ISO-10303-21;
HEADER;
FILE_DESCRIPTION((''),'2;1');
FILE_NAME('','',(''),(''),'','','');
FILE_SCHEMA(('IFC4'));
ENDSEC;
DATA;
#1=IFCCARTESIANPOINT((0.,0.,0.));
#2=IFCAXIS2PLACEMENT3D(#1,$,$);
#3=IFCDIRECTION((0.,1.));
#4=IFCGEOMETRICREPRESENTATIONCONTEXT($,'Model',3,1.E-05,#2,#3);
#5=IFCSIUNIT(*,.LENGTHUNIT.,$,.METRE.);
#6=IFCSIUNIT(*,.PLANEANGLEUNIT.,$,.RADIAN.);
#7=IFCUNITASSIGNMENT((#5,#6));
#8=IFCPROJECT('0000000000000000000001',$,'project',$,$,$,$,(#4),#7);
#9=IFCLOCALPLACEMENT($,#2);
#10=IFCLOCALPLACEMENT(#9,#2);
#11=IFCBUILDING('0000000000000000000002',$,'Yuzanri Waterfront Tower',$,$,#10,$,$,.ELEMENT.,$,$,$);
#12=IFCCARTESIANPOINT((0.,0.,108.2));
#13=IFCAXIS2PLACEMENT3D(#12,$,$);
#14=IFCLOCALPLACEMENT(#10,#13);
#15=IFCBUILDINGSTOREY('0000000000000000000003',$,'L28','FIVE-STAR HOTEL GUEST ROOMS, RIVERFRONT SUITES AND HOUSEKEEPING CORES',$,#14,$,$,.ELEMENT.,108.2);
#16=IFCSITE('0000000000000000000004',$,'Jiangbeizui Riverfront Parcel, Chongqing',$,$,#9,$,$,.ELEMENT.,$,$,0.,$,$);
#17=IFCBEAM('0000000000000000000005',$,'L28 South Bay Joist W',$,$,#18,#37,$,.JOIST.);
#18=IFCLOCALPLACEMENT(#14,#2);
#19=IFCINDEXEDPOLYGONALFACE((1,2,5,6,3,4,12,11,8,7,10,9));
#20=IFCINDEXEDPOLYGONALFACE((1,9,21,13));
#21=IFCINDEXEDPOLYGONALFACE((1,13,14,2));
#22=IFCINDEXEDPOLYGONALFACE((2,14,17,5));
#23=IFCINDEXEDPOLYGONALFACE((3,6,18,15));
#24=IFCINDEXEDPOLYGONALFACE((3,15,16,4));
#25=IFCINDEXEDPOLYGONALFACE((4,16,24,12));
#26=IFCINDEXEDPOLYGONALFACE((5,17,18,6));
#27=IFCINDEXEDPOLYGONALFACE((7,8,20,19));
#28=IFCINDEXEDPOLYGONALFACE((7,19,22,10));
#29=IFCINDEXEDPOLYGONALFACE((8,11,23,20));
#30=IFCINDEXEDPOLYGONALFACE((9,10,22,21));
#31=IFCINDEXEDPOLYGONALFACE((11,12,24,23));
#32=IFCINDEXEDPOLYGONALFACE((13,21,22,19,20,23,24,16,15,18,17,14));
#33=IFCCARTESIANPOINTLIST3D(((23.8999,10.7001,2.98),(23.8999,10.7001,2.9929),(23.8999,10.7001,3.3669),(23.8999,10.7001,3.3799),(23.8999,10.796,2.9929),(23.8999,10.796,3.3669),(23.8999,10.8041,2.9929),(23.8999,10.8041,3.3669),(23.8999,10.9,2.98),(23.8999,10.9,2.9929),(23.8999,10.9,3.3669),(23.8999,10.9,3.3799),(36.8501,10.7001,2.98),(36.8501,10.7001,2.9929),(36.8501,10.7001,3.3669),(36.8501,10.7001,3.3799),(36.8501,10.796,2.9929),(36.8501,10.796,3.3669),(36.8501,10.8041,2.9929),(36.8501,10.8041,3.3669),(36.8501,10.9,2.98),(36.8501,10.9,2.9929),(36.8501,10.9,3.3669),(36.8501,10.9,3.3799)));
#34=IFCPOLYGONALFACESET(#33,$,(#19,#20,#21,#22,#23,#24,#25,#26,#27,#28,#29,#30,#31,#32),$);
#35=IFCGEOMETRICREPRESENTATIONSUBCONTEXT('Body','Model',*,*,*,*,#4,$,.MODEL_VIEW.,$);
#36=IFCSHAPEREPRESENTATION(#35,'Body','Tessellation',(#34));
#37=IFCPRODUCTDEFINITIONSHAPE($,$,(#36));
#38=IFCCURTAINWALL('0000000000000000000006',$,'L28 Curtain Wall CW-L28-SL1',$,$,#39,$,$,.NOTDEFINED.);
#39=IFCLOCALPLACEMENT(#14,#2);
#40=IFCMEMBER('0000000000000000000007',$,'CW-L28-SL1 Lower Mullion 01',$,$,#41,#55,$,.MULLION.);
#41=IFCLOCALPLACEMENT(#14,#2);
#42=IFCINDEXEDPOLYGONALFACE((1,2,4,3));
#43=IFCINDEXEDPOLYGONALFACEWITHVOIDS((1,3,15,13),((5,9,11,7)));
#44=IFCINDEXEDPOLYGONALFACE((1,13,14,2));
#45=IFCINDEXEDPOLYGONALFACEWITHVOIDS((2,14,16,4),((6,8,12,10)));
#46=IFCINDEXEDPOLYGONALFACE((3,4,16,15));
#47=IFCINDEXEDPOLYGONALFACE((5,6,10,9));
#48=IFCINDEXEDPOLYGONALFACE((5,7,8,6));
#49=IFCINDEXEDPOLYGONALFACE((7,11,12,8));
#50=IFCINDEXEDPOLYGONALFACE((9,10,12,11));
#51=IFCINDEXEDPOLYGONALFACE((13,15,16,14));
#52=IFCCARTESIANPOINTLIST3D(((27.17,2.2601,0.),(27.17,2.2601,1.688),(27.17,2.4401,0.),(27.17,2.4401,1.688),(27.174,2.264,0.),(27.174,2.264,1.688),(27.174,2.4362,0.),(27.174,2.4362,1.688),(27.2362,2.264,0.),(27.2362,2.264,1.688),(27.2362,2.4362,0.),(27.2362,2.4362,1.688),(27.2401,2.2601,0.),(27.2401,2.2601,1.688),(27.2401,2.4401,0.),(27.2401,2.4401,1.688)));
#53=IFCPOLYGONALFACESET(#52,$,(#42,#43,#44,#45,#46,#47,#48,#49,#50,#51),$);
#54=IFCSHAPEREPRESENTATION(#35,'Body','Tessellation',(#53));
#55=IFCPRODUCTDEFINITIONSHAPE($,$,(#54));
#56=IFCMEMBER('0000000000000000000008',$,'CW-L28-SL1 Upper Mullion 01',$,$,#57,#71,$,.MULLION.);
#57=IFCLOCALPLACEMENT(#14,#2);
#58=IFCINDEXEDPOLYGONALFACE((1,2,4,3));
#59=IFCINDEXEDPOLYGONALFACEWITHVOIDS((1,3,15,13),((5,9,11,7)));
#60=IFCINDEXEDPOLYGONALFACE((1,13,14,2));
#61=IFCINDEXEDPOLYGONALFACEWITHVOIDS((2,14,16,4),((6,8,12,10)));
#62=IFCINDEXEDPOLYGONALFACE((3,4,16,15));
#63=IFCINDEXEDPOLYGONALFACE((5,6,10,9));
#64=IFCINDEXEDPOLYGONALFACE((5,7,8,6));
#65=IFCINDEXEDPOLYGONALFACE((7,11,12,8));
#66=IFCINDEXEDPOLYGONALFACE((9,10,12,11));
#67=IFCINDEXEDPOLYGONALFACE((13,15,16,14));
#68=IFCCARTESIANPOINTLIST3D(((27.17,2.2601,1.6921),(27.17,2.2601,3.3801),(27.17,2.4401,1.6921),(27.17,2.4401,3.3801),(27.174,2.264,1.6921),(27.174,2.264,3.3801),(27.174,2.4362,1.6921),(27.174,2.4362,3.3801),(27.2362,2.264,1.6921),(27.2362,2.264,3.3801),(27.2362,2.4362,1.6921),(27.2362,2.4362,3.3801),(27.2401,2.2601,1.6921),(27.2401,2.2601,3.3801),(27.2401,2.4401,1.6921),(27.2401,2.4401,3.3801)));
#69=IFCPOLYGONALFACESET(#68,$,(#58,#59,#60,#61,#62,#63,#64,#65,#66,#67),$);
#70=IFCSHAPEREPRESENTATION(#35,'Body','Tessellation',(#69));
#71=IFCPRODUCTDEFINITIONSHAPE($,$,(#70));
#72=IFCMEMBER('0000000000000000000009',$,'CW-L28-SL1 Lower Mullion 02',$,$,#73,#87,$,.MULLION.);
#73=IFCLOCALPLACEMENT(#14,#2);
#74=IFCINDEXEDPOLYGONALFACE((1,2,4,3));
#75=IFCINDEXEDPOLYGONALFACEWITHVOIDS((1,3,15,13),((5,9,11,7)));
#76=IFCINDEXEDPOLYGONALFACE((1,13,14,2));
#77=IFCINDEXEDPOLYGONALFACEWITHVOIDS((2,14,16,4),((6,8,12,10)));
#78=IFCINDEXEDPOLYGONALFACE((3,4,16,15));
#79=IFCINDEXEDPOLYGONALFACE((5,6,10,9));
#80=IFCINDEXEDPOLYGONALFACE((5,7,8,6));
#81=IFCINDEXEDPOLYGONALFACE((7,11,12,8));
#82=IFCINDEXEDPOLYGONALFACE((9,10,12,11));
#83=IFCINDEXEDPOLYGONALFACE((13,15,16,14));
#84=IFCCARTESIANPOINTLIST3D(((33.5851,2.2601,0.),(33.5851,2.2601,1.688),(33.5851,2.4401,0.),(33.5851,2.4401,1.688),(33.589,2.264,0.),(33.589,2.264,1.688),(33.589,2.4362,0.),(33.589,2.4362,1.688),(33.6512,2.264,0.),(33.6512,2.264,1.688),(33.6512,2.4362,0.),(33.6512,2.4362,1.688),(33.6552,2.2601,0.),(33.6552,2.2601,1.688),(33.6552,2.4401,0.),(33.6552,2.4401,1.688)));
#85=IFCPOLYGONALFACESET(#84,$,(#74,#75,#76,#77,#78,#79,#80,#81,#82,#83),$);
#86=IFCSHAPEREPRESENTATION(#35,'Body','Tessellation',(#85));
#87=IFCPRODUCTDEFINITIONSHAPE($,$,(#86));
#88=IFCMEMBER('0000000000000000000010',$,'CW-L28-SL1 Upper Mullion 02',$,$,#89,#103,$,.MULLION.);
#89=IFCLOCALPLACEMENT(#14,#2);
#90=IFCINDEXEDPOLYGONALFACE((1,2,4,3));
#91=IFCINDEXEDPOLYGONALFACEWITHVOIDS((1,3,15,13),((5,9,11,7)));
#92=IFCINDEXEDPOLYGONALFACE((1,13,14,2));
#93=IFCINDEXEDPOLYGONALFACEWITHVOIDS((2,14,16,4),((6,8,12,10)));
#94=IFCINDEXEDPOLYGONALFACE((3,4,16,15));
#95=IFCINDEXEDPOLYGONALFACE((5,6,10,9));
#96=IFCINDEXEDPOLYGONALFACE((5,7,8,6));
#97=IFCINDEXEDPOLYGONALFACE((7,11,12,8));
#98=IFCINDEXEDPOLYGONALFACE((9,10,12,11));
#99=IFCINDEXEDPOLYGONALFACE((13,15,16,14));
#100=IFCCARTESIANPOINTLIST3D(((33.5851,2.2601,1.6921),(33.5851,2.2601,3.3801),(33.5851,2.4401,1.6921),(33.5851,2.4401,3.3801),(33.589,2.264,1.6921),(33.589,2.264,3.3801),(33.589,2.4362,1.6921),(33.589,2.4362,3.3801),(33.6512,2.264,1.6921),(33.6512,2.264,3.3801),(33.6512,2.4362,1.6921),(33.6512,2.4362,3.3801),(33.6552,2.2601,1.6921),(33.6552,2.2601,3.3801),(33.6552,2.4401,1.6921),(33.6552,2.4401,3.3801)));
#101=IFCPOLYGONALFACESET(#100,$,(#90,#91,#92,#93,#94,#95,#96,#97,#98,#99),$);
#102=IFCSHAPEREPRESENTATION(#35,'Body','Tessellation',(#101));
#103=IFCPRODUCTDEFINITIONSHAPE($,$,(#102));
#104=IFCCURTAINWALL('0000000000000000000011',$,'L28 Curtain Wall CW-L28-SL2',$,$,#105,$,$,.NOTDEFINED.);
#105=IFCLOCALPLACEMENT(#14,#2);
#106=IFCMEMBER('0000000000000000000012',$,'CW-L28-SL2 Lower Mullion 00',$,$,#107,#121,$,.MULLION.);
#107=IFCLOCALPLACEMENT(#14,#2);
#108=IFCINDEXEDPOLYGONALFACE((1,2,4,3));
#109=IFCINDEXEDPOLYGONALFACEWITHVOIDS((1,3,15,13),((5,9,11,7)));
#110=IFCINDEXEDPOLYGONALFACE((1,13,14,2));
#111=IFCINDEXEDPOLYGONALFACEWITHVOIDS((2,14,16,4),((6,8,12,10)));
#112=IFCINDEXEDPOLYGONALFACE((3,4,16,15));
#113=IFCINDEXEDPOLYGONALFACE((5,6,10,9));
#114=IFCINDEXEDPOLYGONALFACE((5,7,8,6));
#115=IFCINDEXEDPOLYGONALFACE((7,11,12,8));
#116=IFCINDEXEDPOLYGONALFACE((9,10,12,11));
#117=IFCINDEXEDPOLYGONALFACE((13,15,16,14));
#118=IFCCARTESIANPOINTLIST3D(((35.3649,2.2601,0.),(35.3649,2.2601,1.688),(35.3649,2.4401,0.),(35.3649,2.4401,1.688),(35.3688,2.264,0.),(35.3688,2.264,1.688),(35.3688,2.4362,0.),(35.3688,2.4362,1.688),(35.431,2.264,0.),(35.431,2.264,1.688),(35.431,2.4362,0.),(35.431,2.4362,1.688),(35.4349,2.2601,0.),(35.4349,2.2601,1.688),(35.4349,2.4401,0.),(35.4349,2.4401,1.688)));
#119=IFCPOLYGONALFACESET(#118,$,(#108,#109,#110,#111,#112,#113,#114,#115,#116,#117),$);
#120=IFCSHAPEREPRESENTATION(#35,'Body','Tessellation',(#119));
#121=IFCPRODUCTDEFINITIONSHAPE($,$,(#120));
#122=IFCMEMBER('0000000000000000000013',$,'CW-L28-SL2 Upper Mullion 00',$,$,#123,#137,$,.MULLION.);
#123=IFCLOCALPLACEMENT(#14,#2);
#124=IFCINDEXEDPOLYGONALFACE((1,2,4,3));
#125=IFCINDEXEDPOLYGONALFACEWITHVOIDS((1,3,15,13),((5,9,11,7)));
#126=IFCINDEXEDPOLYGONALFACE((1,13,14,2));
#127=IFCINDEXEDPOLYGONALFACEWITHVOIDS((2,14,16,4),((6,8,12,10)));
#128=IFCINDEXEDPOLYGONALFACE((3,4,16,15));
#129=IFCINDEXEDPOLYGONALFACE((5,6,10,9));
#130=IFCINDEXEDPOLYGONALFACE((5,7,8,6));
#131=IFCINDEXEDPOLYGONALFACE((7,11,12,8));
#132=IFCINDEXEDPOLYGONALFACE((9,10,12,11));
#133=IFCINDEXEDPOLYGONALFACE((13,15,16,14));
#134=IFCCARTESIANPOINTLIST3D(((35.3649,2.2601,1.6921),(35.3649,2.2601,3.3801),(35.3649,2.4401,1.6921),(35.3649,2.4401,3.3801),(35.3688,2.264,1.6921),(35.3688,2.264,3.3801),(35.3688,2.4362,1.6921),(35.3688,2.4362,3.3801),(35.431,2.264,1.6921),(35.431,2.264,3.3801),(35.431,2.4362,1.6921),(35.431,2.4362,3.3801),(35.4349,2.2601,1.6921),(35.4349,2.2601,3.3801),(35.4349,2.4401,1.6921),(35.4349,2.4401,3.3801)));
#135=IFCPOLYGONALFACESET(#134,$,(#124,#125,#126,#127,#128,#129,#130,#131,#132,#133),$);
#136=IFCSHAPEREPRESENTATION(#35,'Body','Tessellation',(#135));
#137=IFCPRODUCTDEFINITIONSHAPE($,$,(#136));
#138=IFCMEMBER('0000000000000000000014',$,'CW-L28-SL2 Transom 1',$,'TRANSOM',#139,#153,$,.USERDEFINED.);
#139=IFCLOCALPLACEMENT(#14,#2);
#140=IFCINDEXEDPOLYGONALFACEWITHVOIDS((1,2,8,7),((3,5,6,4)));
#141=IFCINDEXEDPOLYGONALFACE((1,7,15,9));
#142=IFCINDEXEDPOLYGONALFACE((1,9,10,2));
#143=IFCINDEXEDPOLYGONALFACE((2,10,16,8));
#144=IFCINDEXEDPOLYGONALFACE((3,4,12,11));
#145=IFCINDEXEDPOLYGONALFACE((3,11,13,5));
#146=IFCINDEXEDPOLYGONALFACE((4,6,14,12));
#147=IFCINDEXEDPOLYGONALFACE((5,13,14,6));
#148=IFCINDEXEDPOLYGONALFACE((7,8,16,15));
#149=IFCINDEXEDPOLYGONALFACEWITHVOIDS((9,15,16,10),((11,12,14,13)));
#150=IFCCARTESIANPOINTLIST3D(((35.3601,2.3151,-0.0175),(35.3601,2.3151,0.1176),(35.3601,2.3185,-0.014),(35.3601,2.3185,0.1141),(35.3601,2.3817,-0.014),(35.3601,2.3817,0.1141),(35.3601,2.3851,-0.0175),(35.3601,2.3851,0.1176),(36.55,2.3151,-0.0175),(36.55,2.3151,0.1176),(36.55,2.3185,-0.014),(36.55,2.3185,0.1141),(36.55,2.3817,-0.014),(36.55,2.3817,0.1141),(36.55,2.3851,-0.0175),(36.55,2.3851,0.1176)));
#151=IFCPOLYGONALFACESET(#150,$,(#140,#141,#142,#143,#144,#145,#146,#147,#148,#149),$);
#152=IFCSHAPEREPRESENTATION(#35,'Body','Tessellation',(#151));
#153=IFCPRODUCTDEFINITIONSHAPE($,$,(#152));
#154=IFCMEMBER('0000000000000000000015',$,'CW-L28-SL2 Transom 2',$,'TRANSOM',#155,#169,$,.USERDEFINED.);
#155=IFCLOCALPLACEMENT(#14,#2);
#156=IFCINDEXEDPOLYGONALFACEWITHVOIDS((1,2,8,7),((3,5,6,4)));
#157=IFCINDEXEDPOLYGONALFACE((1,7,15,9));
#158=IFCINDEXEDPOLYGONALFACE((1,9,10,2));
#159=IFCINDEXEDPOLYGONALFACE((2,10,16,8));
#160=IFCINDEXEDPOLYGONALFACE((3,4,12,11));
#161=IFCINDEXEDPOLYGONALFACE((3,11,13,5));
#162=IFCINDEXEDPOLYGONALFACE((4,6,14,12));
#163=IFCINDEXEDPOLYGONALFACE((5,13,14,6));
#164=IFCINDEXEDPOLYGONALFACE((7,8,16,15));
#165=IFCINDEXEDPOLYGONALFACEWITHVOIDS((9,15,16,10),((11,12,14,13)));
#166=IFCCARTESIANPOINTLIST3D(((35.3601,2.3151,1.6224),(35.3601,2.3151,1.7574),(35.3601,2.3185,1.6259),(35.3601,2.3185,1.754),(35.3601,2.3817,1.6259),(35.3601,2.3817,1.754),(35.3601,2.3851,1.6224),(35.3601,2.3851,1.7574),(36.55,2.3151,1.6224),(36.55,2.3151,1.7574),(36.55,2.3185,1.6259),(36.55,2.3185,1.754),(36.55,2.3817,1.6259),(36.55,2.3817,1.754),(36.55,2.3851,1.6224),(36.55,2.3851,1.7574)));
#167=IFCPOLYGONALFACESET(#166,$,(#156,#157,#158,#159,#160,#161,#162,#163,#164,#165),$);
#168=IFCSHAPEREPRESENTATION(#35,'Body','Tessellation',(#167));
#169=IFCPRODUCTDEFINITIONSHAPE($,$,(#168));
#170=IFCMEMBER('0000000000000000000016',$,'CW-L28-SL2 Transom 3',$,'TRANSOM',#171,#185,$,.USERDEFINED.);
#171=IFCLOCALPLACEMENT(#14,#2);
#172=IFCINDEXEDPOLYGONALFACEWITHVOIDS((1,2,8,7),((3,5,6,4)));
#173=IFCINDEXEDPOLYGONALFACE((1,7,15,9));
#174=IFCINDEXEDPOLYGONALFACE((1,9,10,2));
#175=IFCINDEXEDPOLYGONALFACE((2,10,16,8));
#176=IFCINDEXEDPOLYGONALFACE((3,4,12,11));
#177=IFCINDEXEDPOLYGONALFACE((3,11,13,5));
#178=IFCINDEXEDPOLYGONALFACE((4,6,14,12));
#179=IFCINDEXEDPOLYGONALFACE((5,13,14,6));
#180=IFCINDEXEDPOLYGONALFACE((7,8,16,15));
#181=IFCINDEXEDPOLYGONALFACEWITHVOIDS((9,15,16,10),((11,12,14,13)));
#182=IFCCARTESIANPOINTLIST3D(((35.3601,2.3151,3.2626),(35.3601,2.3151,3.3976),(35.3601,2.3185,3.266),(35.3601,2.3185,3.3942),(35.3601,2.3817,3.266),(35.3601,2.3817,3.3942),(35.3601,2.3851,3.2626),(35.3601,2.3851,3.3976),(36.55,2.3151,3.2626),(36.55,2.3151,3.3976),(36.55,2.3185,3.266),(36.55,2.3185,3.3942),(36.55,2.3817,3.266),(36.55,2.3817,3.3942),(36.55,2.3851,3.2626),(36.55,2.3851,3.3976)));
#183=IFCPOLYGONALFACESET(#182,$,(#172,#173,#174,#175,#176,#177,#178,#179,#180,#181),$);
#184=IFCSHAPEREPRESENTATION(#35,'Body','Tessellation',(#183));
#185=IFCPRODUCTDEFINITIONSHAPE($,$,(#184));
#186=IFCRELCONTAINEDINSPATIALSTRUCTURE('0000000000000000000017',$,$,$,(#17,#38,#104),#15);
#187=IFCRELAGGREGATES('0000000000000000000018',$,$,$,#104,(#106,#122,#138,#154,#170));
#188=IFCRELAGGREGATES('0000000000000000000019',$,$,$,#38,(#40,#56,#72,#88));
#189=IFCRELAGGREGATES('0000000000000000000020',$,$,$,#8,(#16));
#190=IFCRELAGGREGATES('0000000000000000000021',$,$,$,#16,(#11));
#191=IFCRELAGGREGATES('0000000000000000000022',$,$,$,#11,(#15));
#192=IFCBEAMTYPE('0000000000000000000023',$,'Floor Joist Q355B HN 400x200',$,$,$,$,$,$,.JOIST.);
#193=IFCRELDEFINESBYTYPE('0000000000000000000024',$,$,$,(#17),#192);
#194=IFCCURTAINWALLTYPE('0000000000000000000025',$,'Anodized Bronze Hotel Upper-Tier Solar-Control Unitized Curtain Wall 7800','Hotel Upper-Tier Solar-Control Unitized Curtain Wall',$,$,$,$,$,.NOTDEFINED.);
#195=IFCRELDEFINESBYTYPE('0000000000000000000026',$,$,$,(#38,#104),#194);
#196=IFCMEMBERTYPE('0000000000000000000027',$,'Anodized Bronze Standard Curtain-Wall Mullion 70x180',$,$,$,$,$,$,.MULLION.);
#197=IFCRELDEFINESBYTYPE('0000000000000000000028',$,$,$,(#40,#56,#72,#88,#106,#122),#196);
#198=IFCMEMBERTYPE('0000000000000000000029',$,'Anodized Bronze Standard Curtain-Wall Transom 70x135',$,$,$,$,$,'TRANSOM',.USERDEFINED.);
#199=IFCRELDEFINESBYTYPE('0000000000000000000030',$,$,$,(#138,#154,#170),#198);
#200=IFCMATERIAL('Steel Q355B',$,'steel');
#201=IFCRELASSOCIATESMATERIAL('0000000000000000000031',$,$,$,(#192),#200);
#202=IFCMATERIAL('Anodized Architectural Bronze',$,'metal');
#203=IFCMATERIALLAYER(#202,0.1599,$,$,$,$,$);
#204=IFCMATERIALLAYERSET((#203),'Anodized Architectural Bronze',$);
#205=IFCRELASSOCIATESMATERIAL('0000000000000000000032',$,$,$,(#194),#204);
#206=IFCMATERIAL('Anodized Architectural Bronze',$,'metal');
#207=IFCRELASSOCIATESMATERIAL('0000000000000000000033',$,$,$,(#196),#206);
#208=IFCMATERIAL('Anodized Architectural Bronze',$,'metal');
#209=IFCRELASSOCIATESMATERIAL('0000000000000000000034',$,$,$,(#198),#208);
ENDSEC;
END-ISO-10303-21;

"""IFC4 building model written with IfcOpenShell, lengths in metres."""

from ifc_helpers import new_model, si_unit, direction, frame, origin, origin_2d, place, context, subcontext, project, spatial, hollow_rectangle, i_section, extrude, source, transform, mapped, material, layer, layer_set, material_profile, profile_set, type_object, element, aggregate, save


model = new_model("IFC4")

# Units and contexts
model_context = context("Model", 3, precision=1e-05, world=origin(), true_north=direction((0.0, 1.0)))
body_context = subcontext(model_context, "Body", "Model", "MODEL_VIEW")
ifc_project = project(units=[si_unit("LENGTHUNIT", "METRE"), si_unit("PLANEANGLEUNIT", "RADIAN")], contexts=[model_context])

# Site, building, storey
site_placement = place(None, origin())
site = spatial("IfcSite", under=ifc_project, at=site_placement, Name="Jiangbeizui Riverfront Parcel, Chongqing", CompositionType="ELEMENT", RefElevation=0.0)
building_placement = place(site_placement, origin())
building = spatial("IfcBuilding", under=site, at=building_placement, Name="Yuzanri Waterfront Tower", CompositionType="ELEMENT")
storey_placement = place(building_placement, frame((0.0, 0.0, 108.2)))
storey = spatial("IfcBuildingStorey", under=building, at=storey_placement, Name="L28", Description="FIVE-STAR HOTEL GUEST ROOMS, RIVERFRONT SUITES AND HOUSEKEEPING CORES", CompositionType="ELEMENT", Elevation=108.2)

# Beam
ifc_material_1 = material(Name="Steel Q355B", Category="steel")
ifc_material_profile_1 = material_profile(ifc_material_1, i_section(OverallWidth=0.2, OverallDepth=0.3999, WebThickness=0.0081, FlangeThickness=0.0129, at=origin_2d()), Name="HN 400x200x8x13")
ifc_profile_set_1 = profile_set([ifc_material_profile_1], Name="Steel Q355B")
beam_type = type_object("IfcBeamType", Name="Floor Joist Q355B HN 400x200", PredefinedType="JOIST", material=ifc_profile_set_1)
shared_shape_1 = source(origin(), body_context, "Body", "SweptSolid", [
    extrude(i_section(OverallWidth=0.2, OverallDepth=0.3999, WebThickness=0.0081, FlangeThickness=0.0129, at=origin_2d()), origin(), (0.0, 0.0, 1.0), 12.9502),
])
beam_placement = place(storey_placement, frame((23.8999, 10.8, 3.1799), z_axis=(1.0, 0.0, 0.0), x_axis=(0.0, 1.0, 0.0)))
element("IfcBeam", 1, at=beam_placement, inside=storey, type_object=beam_type, Name="L28 South Bay Joist W", PredefinedType="JOIST", context=body_context, shape_type="MappedRepresentation", body=[
    mapped(shared_shape_1, transform((0.0, 0.0, 0.0), scale=1.0)),
])

# Curtain walls, members
ifc_material_2 = material(Name="Anodized Architectural Bronze", Category="metal")
ifc_layer_1 = layer(ifc_material_2, 0.1599)
ifc_layer_set_1 = layer_set([ifc_layer_1], Name="Anodized Architectural Bronze")
curtain_wall_type = type_object("IfcCurtainWallType", Name="Anodized Bronze Hotel Upper-Tier Solar-Control Unitized Curtain Wall 7800", Description="Hotel Upper-Tier Solar-Control Unitized Curtain Wall", PredefinedType="NOTDEFINED", material=ifc_layer_set_1)
curtain_wall_1_placement = place(storey_placement, origin())
curtain_wall_1 = element("IfcCurtainWall", 2, at=curtain_wall_1_placement, inside=storey, type_object=curtain_wall_type, Name="L28 Curtain Wall CW-L28-SL1", PredefinedType="NOTDEFINED")
ifc_material_3 = material(Name="Anodized Architectural Bronze", Category="metal")
ifc_material_profile_2 = material_profile(ifc_material_3, hollow_rectangle(XDim=0.0701, YDim=0.1799, WallThickness=0.0039, at=origin_2d()), Name="CWM 70x180")
ifc_profile_set_2 = profile_set([ifc_material_profile_2], Name="Anodized Architectural Bronze")
member_type_1 = type_object("IfcMemberType", Name="Anodized Bronze Standard Curtain-Wall Mullion 70x180", PredefinedType="MULLION", material=ifc_profile_set_2)
shared_shape_2 = source(origin(), body_context, "Body", "SweptSolid", [
    extrude(hollow_rectangle(XDim=0.0701, YDim=0.1799, WallThickness=0.0039, at=origin_2d()), origin(), (0.0, 0.0, 1.0), 1.688),
])
member_1_placement = place(storey_placement, frame((27.2051, 2.3501, 0.0), z_axis=(0.0, 0.0, 1.0), x_axis=(1.0, 0.0, 0.0)))
member_1 = element("IfcMember", 3, at=member_1_placement, type_object=member_type_1, Name="CW-L28-SL1 Lower Mullion 01", PredefinedType="MULLION", context=body_context, shape_type="MappedRepresentation", body=[
    mapped(shared_shape_2, transform((0.0, 0.0, 0.0), scale=1.0)),
])
member_2_placement = place(storey_placement, frame((27.2051, 2.3501, 1.6921), z_axis=(0.0, 0.0, 1.0), x_axis=(1.0, 0.0, 0.0)))
member_2 = element("IfcMember", 4, at=member_2_placement, type_object=member_type_1, Name="CW-L28-SL1 Upper Mullion 01", PredefinedType="MULLION", context=body_context, shape_type="MappedRepresentation", body=[
    mapped(shared_shape_2, transform((0.0, 0.0, 0.0), scale=1.0)),
])
member_3_placement = place(storey_placement, frame((33.6201, 2.3501, 0.0), z_axis=(0.0, 0.0, 1.0), x_axis=(1.0, 0.0, 0.0)))
member_3 = element("IfcMember", 5, at=member_3_placement, type_object=member_type_1, Name="CW-L28-SL1 Lower Mullion 02", PredefinedType="MULLION", context=body_context, shape_type="MappedRepresentation", body=[
    mapped(shared_shape_2, transform((0.0, 0.0, 0.0), scale=1.0)),
])
member_4_placement = place(storey_placement, frame((33.6201, 2.3501, 1.6921), z_axis=(0.0, 0.0, 1.0), x_axis=(1.0, 0.0, 0.0)))
member_4 = element("IfcMember", 6, at=member_4_placement, type_object=member_type_1, Name="CW-L28-SL1 Upper Mullion 02", PredefinedType="MULLION", context=body_context, shape_type="MappedRepresentation", body=[
    mapped(shared_shape_2, transform((0.0, 0.0, 0.0), scale=1.0)),
])
curtain_wall_2_placement = place(storey_placement, origin())
curtain_wall_2 = element("IfcCurtainWall", 7, at=curtain_wall_2_placement, inside=storey, type_object=curtain_wall_type, Name="L28 Curtain Wall CW-L28-SL2", PredefinedType="NOTDEFINED")
member_5_placement = place(storey_placement, frame((35.3999, 2.3501, 0.0), z_axis=(0.0, 0.0, 1.0), x_axis=(1.0, 0.0, 0.0)))
member_5 = element("IfcMember", 8, at=member_5_placement, type_object=member_type_1, Name="CW-L28-SL2 Lower Mullion 00", PredefinedType="MULLION", context=body_context, shape_type="MappedRepresentation", body=[
    mapped(shared_shape_2, transform((0.0, 0.0, 0.0), scale=1.0)),
])
member_6_placement = place(storey_placement, frame((35.3999, 2.3501, 1.6921), z_axis=(0.0, 0.0, 1.0), x_axis=(1.0, 0.0, 0.0)))
member_6 = element("IfcMember", 9, at=member_6_placement, type_object=member_type_1, Name="CW-L28-SL2 Upper Mullion 00", PredefinedType="MULLION", context=body_context, shape_type="MappedRepresentation", body=[
    mapped(shared_shape_2, transform((0.0, 0.0, 0.0), scale=1.0)),
])
ifc_material_4 = material(Name="Anodized Architectural Bronze", Category="metal")
ifc_material_profile_3 = material_profile(ifc_material_4, hollow_rectangle(XDim=0.0701, YDim=0.135, WallThickness=0.0034, at=origin_2d()), Name="CWT 70x135")
ifc_profile_set_3 = profile_set([ifc_material_profile_3], Name="Anodized Architectural Bronze")
member_type_2 = type_object("IfcMemberType", Name="Anodized Bronze Standard Curtain-Wall Transom 70x135", ElementType="TRANSOM", PredefinedType="USERDEFINED", material=ifc_profile_set_3)
shared_shape_3 = source(origin(), body_context, "Body", "SweptSolid", [
    extrude(hollow_rectangle(XDim=0.0701, YDim=0.135, WallThickness=0.0034, at=origin_2d()), origin(), (0.0, 0.0, 1.0), 1.1899),
])
member_7_placement = place(storey_placement, frame((35.3601, 2.3501, 0.05), z_axis=(1.0, 0.0, 0.0), x_axis=(0.0, 1.0, 0.0)))
member_7 = element("IfcMember", 10, at=member_7_placement, type_object=member_type_2, Name="CW-L28-SL2 Transom 1", ObjectType="TRANSOM", PredefinedType="USERDEFINED", context=body_context, shape_type="MappedRepresentation", body=[
    mapped(shared_shape_3, transform((0.0, 0.0, 0.0), scale=1.0)),
])
member_8_placement = place(storey_placement, frame((35.3601, 2.3501, 1.6899), z_axis=(1.0, 0.0, 0.0), x_axis=(0.0, 1.0, 0.0)))
member_8 = element("IfcMember", 11, at=member_8_placement, type_object=member_type_2, Name="CW-L28-SL2 Transom 2", ObjectType="TRANSOM", PredefinedType="USERDEFINED", context=body_context, shape_type="MappedRepresentation", body=[
    mapped(shared_shape_3, transform((0.0, 0.0, 0.0), scale=1.0)),
])
member_9_placement = place(storey_placement, frame((35.3601, 2.3501, 3.3301), z_axis=(1.0, 0.0, 0.0), x_axis=(0.0, 1.0, 0.0)))
member_9 = element("IfcMember", 12, at=member_9_placement, type_object=member_type_2, Name="CW-L28-SL2 Transom 3", ObjectType="TRANSOM", PredefinedType="USERDEFINED", context=body_context, shape_type="MappedRepresentation", body=[
    mapped(shared_shape_3, transform((0.0, 0.0, 0.0), scale=1.0)),
])
aggregate(curtain_wall_2, [member_5, member_6, member_7, member_8, member_9])

aggregate(curtain_wall_1, [member_1, member_2, member_3, member_4])

save(model, "model.ifc")
